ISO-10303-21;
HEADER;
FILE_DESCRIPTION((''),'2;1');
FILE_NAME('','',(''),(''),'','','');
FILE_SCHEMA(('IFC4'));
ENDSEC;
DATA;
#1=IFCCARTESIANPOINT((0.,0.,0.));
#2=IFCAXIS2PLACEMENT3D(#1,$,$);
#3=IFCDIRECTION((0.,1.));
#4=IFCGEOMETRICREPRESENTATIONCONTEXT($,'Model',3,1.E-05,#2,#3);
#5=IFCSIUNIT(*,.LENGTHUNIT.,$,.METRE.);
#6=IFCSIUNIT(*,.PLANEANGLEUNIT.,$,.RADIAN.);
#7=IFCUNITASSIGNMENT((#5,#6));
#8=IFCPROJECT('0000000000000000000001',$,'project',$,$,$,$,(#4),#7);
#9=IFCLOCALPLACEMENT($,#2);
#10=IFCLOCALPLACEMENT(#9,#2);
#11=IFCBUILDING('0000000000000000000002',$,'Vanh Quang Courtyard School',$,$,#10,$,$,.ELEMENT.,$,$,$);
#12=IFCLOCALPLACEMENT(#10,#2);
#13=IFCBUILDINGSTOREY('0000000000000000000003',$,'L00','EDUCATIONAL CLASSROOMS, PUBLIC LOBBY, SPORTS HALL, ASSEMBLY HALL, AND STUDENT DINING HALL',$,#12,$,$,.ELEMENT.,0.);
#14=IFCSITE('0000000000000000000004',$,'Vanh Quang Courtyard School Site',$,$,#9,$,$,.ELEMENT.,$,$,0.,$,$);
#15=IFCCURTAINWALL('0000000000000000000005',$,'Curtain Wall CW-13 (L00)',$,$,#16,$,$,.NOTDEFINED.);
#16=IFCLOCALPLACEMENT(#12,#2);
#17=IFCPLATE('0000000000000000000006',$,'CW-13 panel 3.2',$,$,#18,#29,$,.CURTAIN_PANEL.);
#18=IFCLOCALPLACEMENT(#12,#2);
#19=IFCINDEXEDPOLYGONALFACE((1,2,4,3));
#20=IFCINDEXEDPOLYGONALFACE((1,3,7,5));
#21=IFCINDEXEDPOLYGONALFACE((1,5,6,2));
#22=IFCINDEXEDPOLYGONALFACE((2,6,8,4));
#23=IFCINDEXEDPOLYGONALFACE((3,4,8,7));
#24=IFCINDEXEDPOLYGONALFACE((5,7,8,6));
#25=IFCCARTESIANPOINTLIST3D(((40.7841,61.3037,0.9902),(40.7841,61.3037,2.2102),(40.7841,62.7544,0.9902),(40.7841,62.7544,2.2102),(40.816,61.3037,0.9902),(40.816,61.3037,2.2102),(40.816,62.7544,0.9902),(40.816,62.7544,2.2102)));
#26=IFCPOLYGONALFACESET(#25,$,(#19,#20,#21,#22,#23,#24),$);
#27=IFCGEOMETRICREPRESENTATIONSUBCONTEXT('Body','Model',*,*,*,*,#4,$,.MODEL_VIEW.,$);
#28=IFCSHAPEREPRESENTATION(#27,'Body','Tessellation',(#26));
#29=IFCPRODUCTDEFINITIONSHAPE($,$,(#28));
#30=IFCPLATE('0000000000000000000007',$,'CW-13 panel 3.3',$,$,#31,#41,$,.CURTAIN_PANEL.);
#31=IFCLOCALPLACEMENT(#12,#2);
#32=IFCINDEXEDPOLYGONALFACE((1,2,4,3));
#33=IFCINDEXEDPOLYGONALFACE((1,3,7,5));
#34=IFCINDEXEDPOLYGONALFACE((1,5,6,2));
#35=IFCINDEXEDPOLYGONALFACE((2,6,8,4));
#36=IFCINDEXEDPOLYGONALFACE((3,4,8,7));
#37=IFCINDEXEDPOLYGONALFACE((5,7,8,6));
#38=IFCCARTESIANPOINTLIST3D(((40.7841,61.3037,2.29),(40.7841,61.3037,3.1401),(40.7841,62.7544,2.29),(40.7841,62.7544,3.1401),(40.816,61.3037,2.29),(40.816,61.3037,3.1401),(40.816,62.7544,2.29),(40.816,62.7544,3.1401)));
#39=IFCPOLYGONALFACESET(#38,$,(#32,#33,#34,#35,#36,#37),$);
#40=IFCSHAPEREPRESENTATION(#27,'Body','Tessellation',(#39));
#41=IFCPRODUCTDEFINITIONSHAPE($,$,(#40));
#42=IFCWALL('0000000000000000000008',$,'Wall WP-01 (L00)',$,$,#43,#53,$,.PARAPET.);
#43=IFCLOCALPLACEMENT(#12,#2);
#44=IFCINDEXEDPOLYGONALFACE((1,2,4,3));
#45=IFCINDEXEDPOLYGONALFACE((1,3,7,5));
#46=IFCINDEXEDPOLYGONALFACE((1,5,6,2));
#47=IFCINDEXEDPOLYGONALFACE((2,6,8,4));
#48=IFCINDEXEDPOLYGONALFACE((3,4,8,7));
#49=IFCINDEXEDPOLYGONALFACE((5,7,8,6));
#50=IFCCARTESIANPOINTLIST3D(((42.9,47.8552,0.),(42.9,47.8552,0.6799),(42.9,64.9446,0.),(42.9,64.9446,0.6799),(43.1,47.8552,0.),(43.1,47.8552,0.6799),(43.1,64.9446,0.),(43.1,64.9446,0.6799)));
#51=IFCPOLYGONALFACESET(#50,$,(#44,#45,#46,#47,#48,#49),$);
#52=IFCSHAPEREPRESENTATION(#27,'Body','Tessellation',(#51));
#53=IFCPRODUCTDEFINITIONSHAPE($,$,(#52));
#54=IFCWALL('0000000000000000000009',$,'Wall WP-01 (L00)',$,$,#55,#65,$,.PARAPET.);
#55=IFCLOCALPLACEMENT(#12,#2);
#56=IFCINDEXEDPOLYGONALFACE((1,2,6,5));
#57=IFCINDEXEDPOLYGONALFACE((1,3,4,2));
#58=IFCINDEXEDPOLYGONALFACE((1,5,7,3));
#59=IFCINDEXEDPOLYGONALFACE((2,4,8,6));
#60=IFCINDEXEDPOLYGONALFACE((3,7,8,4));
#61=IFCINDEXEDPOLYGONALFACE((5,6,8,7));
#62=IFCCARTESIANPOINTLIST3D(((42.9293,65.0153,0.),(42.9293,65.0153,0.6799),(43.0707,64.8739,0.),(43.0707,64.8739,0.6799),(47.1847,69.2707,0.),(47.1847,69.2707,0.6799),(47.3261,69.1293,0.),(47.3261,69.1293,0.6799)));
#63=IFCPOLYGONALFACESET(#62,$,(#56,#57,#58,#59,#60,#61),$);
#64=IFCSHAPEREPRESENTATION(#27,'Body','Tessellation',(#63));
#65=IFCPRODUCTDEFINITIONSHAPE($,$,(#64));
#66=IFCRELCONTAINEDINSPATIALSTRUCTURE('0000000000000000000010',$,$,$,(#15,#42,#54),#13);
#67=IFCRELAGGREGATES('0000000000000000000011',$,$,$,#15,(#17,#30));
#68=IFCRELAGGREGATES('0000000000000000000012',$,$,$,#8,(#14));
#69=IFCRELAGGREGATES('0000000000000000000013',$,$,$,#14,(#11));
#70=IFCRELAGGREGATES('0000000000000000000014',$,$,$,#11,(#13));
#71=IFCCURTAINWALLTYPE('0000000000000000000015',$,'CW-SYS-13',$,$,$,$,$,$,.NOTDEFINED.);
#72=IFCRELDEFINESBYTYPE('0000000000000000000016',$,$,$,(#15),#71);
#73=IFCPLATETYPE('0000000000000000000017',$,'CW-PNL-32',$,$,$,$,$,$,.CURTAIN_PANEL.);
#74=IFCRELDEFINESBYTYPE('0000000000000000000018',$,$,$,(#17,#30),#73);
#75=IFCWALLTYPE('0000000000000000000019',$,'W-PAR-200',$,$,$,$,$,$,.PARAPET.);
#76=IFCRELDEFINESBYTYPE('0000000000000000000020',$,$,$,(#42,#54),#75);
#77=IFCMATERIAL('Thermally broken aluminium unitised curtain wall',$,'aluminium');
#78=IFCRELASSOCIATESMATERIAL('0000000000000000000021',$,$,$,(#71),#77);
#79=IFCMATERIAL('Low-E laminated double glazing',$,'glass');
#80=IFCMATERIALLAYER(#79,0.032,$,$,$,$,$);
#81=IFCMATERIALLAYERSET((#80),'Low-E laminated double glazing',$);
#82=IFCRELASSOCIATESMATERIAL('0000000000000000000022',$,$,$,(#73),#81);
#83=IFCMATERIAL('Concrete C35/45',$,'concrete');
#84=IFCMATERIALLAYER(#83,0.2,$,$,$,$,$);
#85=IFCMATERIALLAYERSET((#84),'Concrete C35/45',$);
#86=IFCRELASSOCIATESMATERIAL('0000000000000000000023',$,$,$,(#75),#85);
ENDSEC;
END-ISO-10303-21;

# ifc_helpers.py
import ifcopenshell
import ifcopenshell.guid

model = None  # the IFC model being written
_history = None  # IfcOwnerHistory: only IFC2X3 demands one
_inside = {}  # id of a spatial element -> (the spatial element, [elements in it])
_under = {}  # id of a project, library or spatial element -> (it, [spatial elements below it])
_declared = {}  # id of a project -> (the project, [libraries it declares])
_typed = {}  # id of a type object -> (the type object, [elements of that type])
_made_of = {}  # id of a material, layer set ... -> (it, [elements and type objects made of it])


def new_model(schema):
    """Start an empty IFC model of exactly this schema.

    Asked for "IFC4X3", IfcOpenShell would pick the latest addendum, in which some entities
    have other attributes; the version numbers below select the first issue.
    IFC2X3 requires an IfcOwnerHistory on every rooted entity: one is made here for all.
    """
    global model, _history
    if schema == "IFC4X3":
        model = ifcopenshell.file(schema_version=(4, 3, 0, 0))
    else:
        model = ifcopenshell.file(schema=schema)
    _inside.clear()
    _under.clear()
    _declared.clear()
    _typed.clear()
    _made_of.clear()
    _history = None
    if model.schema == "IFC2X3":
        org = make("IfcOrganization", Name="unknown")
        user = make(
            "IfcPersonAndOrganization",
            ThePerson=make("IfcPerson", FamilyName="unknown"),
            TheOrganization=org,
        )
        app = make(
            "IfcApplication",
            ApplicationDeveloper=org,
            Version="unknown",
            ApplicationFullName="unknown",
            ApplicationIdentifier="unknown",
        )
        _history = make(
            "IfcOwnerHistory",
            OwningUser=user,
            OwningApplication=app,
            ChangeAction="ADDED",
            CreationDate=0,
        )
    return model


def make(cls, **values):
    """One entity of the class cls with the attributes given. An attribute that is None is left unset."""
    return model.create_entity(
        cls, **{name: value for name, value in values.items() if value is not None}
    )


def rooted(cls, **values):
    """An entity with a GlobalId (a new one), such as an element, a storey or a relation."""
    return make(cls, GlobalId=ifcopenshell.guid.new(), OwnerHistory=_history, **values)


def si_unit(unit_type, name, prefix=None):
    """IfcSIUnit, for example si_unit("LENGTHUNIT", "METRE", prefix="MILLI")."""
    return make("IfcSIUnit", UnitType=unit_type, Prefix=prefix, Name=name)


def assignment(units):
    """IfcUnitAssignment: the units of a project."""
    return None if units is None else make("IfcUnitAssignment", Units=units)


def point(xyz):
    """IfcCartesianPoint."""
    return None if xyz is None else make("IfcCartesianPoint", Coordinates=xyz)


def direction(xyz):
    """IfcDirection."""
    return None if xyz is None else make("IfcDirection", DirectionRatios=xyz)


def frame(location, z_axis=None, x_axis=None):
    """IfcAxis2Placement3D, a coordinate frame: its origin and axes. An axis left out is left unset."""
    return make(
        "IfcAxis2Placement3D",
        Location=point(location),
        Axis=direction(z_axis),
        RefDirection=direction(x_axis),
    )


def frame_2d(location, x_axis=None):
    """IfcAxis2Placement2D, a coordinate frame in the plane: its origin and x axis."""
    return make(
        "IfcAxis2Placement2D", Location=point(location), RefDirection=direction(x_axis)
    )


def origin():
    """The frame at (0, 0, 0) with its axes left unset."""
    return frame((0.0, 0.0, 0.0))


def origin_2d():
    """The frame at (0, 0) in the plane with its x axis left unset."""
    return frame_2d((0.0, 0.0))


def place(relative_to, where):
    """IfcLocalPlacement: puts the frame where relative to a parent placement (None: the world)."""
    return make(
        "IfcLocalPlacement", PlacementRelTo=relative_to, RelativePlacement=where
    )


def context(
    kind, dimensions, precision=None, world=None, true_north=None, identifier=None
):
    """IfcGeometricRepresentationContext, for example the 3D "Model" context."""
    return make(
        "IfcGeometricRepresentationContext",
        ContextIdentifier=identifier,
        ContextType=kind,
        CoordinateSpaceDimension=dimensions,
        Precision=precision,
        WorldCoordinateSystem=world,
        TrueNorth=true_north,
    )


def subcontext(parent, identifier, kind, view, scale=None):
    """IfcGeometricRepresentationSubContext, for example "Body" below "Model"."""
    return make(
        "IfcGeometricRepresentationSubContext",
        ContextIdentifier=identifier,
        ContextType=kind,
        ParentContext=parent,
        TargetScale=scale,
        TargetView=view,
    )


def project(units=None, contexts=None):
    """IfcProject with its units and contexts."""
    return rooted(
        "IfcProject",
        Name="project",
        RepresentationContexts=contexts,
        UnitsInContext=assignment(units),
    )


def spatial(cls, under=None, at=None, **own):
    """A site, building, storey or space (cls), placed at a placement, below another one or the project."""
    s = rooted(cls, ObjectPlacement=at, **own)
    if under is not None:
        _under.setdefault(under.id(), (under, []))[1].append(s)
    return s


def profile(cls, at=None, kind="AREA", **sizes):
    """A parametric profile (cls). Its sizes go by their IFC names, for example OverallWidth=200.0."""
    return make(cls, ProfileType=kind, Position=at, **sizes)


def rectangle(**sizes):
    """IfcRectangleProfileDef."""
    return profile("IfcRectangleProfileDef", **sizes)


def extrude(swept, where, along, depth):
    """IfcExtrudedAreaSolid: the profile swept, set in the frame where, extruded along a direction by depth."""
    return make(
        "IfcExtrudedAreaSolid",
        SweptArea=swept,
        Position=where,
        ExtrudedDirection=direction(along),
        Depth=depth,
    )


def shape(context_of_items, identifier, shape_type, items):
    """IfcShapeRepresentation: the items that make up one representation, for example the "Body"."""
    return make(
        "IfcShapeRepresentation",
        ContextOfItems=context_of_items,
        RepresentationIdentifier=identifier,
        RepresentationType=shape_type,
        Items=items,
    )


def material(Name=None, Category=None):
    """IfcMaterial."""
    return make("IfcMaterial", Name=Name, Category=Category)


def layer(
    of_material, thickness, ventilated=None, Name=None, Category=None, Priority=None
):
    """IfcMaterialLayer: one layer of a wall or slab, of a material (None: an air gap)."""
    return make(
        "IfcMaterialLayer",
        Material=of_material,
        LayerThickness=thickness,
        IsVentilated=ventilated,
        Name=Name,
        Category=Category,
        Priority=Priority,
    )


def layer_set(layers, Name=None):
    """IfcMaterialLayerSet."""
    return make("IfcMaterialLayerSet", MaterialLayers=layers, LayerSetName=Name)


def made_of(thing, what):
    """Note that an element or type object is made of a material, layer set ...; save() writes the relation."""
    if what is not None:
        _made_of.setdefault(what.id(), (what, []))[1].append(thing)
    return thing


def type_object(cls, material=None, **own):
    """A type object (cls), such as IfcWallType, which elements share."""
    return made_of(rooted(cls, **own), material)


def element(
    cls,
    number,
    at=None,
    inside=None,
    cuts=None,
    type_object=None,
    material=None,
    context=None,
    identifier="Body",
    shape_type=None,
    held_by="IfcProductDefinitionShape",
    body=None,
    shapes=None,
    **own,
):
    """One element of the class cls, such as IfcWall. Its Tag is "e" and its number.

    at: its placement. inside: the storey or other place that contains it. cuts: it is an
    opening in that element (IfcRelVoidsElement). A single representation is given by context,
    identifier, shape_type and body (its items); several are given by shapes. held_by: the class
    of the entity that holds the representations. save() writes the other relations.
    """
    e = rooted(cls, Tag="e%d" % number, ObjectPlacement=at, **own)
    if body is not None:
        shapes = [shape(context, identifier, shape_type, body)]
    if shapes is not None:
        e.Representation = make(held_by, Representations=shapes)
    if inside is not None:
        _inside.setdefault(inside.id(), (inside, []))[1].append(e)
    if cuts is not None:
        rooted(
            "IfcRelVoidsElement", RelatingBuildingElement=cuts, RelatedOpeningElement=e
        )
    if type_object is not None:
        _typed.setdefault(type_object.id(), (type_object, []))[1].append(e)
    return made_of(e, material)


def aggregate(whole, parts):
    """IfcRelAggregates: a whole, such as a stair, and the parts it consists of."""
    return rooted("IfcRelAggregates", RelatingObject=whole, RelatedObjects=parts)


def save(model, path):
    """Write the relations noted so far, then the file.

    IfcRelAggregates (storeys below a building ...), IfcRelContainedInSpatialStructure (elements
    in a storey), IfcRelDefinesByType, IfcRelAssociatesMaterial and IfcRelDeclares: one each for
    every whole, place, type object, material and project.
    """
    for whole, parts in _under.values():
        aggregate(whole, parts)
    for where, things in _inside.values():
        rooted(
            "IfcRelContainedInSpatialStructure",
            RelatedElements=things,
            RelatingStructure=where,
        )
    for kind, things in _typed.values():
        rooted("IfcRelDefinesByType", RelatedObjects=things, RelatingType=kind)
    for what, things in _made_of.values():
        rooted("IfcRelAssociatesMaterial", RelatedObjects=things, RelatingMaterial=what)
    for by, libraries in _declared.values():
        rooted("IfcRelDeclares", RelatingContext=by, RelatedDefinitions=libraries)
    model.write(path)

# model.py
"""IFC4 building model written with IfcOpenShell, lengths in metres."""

from ifc_helpers import new_model, si_unit, direction, frame, frame_2d, origin, origin_2d, place, context, subcontext, project, spatial, rectangle, extrude, material, layer, layer_set, type_object, element, aggregate, save


model = new_model("IFC4")

# Units and contexts
model_context = context("Model", 3, precision=1e-05, world=origin(), true_north=direction((0.0, 1.0)))
body_context = subcontext(model_context, "Body", "Model", "MODEL_VIEW")
ifc_project = project(units=[si_unit("LENGTHUNIT", "METRE"), si_unit("PLANEANGLEUNIT", "RADIAN")], contexts=[model_context])

# Site, building, storey
site_placement = place(None, origin())
site = spatial("IfcSite", under=ifc_project, at=site_placement, Name="Vanh Quang Courtyard School Site", CompositionType="ELEMENT", RefElevation=0.0)
building_placement = place(site_placement, origin())
building = spatial("IfcBuilding", under=site, at=building_placement, Name="Vanh Quang Courtyard School", CompositionType="ELEMENT")
storey_placement = place(building_placement, origin())
storey = spatial("IfcBuildingStorey", under=building, at=storey_placement, Name="L00", Description="EDUCATIONAL CLASSROOMS, PUBLIC LOBBY, SPORTS HALL, ASSEMBLY HALL, AND STUDENT DINING HALL", CompositionType="ELEMENT", Elevation=0.0)

# Shared definitions
ifc_material_1 = material(Name="Concrete C35/45", Category="concrete")

# Curtain wall, plates
ifc_material_2 = material(Name="Thermally broken aluminium unitised curtain wall", Category="aluminium")
curtain_wall_type = type_object("IfcCurtainWallType", Name="CW-SYS-13", PredefinedType="NOTDEFINED", material=ifc_material_2)
curtain_wall_placement = place(storey_placement, origin())
curtain_wall = element("IfcCurtainWall", 1, at=curtain_wall_placement, inside=storey, type_object=curtain_wall_type, Name="Curtain Wall CW-13 (L00)", PredefinedType="NOTDEFINED")
ifc_material_3 = material(Name="Low-E laminated double glazing", Category="glass")
ifc_layer_1 = layer(ifc_material_3, 0.032)
ifc_layer_set_1 = layer_set([ifc_layer_1], Name="Low-E laminated double glazing")
plate_type = type_object("IfcPlateType", Name="CW-PNL-32", PredefinedType="CURTAIN_PANEL", material=ifc_layer_set_1)
plate_1_placement = place(storey_placement, frame((40.8, 62.0291, 0.9902), z_axis=(0.0, 0.0, 1.0), x_axis=(0.0, -1.0, 0.0)))
plate_1 = element("IfcPlate", 2, at=plate_1_placement, type_object=plate_type, Name="CW-13 panel 3.2", PredefinedType="CURTAIN_PANEL", context=body_context, shape_type="SweptSolid", body=[
    extrude(rectangle(XDim=1.4507, YDim=0.032, at=origin_2d()), origin(), (0.0, 0.0, 1.0), 1.22),
])
plate_2_placement = place(storey_placement, frame((40.8, 62.0291, 2.29), z_axis=(0.0, 0.0, 1.0), x_axis=(0.0, -1.0, 0.0)))
plate_2 = element("IfcPlate", 3, at=plate_2_placement, type_object=plate_type, Name="CW-13 panel 3.3", PredefinedType="CURTAIN_PANEL", context=body_context, shape_type="SweptSolid", body=[
    extrude(rectangle(XDim=1.4507, YDim=0.032, at=origin_2d()), origin(), (0.0, 0.0, 1.0), 0.8501),
])
aggregate(curtain_wall, [plate_1, plate_2])

# Walls
ifc_layer_2 = layer(ifc_material_1, 0.2)
ifc_layer_set_2 = layer_set([ifc_layer_2], Name="Concrete C35/45")
wall_type = type_object("IfcWallType", Name="W-PAR-200", PredefinedType="PARAPET", material=ifc_layer_set_2)
wall_1_placement = place(storey_placement, frame((43.0, 47.8552, 0.0), z_axis=(0.0, 0.0, 1.0), x_axis=(0.0, 1.0, 0.0)))
element("IfcWall", 4, at=wall_1_placement, inside=storey, type_object=wall_type, Name="Wall WP-01 (L00)", PredefinedType="PARAPET", context=body_context, shape_type="SweptSolid", body=[
    extrude(rectangle(XDim=17.0894, YDim=0.2, at=frame_2d((8.5447, 0.0))), origin(), (0.0, 0.0, 1.0), 0.6799),
])
wall_2_placement = place(storey_placement, frame((43.0, 64.9446, 0.0), z_axis=(0.0, 0.0, 1.0), x_axis=(0.707107, 0.707107, 0.0)))
element("IfcWall", 5, at=wall_2_placement, inside=storey, type_object=wall_type, Name="Wall WP-01 (L00)", PredefinedType="PARAPET", context=body_context, shape_type="SweptSolid", body=[
    extrude(rectangle(XDim=6.0181, YDim=0.2, at=frame_2d((3.009, 0.0))), origin(), (0.0, 0.0, 1.0), 0.6799),
])

save(model, "model.ifc")
